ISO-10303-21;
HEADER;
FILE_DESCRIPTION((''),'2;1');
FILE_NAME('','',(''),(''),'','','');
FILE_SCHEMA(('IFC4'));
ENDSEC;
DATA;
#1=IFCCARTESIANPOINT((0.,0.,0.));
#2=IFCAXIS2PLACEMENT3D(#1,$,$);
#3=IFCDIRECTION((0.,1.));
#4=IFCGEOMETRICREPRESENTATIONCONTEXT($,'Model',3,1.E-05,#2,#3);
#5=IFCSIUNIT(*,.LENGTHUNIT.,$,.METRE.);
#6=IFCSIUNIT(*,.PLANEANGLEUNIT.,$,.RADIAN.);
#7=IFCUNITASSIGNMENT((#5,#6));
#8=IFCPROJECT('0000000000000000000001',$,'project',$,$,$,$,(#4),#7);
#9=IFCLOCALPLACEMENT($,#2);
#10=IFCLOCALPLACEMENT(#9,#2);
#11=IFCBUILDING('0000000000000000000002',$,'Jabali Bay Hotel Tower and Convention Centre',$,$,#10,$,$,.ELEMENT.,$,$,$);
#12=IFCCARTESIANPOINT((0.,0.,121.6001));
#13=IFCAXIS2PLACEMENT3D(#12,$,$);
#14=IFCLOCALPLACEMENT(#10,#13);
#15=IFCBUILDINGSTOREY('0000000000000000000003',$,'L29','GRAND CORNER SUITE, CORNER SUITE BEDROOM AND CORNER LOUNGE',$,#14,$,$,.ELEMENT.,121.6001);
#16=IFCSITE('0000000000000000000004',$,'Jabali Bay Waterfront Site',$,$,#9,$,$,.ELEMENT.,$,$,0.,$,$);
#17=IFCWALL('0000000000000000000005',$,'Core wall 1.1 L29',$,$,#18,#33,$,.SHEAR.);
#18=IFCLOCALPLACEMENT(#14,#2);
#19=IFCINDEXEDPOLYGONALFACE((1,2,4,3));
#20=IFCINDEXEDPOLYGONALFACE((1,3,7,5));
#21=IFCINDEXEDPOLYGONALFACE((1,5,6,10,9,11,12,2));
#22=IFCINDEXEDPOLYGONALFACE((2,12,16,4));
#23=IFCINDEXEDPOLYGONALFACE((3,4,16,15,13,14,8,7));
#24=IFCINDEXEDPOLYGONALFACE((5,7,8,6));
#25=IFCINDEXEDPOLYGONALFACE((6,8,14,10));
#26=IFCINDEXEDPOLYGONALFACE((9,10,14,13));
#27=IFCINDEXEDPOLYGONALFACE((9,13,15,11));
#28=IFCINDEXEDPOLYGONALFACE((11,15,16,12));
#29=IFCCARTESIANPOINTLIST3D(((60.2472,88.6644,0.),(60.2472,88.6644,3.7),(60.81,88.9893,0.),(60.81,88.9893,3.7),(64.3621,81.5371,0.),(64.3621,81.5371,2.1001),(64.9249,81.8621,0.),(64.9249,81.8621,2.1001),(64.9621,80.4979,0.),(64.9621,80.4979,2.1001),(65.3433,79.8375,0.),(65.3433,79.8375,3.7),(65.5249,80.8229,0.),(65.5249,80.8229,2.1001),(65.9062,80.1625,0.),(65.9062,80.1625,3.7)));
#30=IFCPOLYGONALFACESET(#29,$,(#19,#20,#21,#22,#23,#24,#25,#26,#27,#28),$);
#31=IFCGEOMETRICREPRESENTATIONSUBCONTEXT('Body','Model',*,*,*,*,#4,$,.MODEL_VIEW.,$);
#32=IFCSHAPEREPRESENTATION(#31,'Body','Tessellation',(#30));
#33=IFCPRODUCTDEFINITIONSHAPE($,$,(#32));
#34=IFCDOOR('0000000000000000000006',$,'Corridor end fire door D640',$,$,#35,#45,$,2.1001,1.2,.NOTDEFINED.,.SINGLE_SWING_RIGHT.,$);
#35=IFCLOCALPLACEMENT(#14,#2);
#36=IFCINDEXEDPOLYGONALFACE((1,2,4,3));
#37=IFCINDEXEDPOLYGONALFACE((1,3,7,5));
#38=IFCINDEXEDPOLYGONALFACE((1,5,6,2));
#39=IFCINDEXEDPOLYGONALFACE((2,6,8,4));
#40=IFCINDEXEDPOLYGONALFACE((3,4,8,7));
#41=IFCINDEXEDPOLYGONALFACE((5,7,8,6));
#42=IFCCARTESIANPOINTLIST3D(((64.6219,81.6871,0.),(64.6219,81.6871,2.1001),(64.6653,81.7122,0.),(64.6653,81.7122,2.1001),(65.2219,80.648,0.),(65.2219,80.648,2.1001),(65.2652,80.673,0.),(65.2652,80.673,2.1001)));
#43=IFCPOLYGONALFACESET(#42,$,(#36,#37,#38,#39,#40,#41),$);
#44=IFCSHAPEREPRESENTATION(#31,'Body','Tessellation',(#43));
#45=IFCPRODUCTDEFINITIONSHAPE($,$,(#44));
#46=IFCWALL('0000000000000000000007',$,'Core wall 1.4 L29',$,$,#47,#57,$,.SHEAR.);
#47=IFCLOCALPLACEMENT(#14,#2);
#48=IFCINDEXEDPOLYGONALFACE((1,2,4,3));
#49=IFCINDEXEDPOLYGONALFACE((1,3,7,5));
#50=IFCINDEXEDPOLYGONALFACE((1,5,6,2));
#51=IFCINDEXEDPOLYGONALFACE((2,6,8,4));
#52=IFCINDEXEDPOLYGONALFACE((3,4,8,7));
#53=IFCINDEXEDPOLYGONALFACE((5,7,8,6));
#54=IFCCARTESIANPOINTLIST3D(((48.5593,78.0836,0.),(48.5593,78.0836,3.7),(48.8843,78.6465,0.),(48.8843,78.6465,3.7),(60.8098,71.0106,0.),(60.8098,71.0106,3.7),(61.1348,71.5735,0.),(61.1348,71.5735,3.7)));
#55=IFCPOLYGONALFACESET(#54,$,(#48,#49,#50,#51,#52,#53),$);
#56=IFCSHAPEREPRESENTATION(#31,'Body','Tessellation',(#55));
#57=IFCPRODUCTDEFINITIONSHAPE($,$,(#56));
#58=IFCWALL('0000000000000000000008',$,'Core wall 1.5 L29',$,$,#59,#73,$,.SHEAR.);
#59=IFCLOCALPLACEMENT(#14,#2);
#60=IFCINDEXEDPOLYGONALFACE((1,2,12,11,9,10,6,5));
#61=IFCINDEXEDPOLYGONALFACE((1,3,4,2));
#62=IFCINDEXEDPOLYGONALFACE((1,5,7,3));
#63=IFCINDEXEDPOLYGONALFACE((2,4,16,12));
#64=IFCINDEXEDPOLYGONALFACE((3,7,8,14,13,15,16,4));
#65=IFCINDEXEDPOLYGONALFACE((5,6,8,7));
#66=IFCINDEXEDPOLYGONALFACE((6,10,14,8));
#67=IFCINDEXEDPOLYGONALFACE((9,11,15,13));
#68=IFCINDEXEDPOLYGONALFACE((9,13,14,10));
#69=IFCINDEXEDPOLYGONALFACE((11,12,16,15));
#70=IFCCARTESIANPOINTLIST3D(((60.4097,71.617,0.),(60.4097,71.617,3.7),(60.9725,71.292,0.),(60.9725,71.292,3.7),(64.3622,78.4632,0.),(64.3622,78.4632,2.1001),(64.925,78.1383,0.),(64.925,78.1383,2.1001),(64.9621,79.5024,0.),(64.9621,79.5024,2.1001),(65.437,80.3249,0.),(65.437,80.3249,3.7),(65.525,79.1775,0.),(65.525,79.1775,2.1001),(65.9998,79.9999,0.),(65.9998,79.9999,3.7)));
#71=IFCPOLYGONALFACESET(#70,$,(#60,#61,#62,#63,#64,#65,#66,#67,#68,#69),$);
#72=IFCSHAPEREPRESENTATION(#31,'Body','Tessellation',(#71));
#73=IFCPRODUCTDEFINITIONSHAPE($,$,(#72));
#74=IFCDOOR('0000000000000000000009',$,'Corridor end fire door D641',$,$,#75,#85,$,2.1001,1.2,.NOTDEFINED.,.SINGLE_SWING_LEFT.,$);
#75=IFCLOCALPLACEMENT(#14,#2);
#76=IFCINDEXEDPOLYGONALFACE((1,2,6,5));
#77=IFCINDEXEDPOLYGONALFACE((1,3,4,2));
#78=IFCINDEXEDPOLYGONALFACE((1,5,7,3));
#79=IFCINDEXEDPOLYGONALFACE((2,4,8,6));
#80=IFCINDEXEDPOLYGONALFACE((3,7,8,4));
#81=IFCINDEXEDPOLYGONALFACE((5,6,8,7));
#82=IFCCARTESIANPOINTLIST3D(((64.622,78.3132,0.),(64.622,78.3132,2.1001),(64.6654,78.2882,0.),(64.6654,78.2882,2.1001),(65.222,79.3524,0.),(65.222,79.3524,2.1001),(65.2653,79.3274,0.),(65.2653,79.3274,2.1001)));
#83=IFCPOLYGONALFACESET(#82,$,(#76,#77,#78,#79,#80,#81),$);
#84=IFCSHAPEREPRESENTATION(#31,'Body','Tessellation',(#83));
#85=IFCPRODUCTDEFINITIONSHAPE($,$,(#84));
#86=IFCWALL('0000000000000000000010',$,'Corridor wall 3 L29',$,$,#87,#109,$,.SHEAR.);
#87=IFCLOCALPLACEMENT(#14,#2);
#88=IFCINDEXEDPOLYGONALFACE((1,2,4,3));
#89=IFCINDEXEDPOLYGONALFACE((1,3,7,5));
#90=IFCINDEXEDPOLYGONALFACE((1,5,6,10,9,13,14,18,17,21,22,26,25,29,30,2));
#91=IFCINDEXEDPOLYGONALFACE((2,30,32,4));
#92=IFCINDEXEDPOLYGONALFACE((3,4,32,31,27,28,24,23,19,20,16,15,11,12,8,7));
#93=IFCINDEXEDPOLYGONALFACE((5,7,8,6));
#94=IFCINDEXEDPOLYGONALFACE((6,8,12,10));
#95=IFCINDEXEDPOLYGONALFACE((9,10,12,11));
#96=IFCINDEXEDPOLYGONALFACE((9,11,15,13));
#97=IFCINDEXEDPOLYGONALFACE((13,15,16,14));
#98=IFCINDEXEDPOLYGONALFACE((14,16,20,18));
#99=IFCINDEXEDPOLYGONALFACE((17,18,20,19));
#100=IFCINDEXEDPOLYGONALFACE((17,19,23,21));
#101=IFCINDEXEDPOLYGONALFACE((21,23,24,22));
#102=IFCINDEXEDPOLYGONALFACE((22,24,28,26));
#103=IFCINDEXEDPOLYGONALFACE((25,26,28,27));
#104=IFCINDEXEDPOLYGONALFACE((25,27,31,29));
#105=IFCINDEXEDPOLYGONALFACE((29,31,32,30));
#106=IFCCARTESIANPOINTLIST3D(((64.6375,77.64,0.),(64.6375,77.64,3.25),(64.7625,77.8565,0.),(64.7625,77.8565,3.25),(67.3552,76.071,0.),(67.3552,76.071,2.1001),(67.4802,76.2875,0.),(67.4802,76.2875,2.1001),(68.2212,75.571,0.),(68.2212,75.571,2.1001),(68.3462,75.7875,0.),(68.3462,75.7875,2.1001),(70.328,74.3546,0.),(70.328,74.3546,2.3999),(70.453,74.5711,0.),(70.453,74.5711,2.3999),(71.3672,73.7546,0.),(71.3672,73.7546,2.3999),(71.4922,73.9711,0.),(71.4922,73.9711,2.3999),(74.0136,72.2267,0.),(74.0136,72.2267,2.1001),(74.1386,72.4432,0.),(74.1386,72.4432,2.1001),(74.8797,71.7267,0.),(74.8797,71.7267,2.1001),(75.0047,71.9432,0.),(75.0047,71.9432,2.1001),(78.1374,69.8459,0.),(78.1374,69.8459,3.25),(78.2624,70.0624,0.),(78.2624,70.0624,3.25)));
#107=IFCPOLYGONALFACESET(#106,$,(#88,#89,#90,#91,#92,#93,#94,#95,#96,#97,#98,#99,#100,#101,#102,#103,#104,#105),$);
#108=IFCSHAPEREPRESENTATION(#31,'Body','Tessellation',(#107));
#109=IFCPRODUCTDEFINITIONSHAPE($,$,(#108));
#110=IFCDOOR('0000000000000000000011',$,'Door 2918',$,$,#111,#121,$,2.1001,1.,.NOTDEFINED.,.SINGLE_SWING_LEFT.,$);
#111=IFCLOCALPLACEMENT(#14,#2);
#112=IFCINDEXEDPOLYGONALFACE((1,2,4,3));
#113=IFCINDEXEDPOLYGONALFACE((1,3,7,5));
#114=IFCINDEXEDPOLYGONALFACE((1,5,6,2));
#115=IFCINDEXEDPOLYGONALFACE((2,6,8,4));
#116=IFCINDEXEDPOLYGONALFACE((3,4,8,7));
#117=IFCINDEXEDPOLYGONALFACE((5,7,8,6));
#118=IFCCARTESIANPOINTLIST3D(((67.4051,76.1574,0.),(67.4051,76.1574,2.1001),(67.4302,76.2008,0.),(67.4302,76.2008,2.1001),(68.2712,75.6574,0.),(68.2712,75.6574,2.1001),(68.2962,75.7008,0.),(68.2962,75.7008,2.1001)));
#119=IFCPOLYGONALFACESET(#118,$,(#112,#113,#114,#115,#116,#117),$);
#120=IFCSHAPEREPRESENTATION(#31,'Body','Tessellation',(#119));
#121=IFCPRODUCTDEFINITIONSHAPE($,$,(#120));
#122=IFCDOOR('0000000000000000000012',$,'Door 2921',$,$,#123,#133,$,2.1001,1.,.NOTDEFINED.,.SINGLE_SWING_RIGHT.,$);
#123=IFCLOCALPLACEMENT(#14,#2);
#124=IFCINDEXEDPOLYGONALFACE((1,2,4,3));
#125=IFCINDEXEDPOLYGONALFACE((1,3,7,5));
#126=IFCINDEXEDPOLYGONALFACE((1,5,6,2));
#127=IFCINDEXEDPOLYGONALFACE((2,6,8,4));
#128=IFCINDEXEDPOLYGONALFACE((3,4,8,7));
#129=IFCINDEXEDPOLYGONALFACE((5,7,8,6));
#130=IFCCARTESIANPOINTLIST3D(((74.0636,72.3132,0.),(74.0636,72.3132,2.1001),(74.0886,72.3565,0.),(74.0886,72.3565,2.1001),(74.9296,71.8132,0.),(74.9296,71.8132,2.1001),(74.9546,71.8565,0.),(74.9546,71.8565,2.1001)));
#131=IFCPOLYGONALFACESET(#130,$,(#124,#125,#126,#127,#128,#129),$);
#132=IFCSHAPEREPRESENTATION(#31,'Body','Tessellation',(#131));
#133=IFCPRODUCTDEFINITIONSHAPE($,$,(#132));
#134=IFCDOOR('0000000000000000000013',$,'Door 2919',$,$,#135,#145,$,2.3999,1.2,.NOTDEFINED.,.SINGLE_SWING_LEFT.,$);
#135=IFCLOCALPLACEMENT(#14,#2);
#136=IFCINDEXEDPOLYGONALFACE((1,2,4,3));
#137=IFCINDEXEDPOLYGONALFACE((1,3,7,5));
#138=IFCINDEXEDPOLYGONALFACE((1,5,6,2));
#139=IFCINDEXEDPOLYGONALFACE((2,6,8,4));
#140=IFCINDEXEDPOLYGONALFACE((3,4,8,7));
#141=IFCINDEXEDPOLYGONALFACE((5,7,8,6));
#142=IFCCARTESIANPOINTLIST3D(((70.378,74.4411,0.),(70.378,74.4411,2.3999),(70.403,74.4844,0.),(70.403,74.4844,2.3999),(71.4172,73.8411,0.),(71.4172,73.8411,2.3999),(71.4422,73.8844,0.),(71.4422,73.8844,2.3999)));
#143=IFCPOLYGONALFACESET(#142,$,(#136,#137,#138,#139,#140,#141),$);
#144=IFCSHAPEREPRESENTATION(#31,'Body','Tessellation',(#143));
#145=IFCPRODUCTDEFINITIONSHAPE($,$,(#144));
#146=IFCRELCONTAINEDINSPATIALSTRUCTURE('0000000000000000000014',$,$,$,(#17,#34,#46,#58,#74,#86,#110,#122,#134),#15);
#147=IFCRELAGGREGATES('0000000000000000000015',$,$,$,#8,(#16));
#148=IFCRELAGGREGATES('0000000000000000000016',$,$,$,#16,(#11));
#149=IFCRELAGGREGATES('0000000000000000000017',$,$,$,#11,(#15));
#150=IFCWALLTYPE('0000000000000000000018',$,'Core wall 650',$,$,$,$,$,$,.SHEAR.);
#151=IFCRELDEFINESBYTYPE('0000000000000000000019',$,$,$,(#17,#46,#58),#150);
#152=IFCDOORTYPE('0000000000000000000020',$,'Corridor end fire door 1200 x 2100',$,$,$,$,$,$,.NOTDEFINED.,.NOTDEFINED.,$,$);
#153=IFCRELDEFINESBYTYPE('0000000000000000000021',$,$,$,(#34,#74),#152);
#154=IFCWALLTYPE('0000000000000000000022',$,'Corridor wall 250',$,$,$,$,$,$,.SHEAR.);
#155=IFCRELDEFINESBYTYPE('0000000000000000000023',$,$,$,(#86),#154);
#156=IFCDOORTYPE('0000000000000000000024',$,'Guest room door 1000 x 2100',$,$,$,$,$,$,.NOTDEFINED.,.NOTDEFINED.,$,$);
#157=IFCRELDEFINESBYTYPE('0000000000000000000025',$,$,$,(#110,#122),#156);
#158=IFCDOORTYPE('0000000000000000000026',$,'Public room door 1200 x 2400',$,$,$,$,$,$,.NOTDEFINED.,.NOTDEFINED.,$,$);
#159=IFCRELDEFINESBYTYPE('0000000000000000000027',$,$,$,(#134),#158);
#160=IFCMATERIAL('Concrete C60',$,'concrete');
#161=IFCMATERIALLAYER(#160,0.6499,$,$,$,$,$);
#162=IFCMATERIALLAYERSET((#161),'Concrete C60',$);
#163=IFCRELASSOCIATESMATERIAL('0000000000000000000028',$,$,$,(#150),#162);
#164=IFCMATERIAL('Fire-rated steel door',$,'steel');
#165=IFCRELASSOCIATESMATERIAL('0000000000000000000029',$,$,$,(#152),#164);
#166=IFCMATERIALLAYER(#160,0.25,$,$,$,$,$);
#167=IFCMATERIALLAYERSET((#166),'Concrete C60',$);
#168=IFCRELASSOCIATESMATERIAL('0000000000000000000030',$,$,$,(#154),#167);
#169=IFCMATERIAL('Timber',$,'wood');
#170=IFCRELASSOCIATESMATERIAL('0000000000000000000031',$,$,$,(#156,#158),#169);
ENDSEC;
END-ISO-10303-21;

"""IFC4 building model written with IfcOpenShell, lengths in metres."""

from ifc_helpers import new_model, si_unit, direction, frame, frame_2d, origin, place, context, subcontext, project, spatial, rectangle, extrude, material, layer, layer_set, type_object, element, fill, save


model = new_model("IFC4")

# Units and contexts
model_context = context("Model", 3, precision=1e-05, world=origin(), true_north=direction((0.0, 1.0)))
body_context = subcontext(model_context, "Body", "Model", "MODEL_VIEW")
ifc_project = project(units=[si_unit("LENGTHUNIT", "METRE"), si_unit("PLANEANGLEUNIT", "RADIAN")], contexts=[model_context])

# Site, building, storey
site_placement = place(None, origin())
site = spatial("IfcSite", under=ifc_project, at=site_placement, Name="Jabali Bay Waterfront Site", CompositionType="ELEMENT", RefElevation=0.0)
building_placement = place(site_placement, origin())
building = spatial("IfcBuilding", under=site, at=building_placement, Name="Jabali Bay Hotel Tower and Convention Centre", CompositionType="ELEMENT")
storey_placement = place(building_placement, frame((0.0, 0.0, 121.6001)))
storey = spatial("IfcBuildingStorey", under=building, at=storey_placement, Name="L29", Description="GRAND CORNER SUITE, CORNER SUITE BEDROOM AND CORNER LOUNGE", CompositionType="ELEMENT", Elevation=121.6001)

# Shared definitions
ifc_material_1 = material(Name="Fire-rated steel door", Category="steel")

# Wall, opening, door
ifc_material_2 = material(Name="Concrete C60", Category="concrete")
ifc_layer_1 = layer(ifc_material_2, 0.6499)
ifc_layer_set_1 = layer_set([ifc_layer_1], Name="Concrete C60")
wall_type_1 = type_object("IfcWallType", Name="Core wall 650", PredefinedType="SHEAR", material=ifc_layer_set_1)
wall_1_placement = place(storey_placement, frame((65.6248, 80.0, 0.0), z_axis=(0.0, 0.0, 1.0), x_axis=(-0.499998, 0.866026, 0.0)))
wall_1 = element("IfcWall", 1, at=wall_1_placement, inside=storey, type_object=wall_type_1, Name="Core wall 1.1 L29", PredefinedType="SHEAR", context=body_context, shape_type="SweptSolid", body=[
    extrude(rectangle(XDim=10.1924, YDim=0.6499, at=frame_2d((5.0962, 0.0))), origin(), (0.0, 0.0, 1.0), 3.7),
])
opening_1_placement = place(wall_1_placement, frame((0.7625, 0.0, 0.0)))
opening_1 = element("IfcOpeningElement", 2, at=opening_1_placement, cuts=wall_1, PredefinedType="OPENING", context=body_context, shape_type="SweptSolid", body=[
    extrude(rectangle(XDim=1.2, YDim=2.1001, at=frame_2d((0.6001, 1.05))), frame((0.0, 0.3354, 0.0), z_axis=(0.0, -1.0, 0.0), x_axis=(1.0, 0.0, 0.0)), (0.0, 0.0, 1.0), 0.6709),
])
door_type_1 = type_object("IfcDoorType", Name="Corridor end fire door 1200 x 2100", OperationType="NOTDEFINED", PredefinedType="NOTDEFINED", material=ifc_material_1)
door_1_placement = place(opening_1_placement, origin())
door_1 = element("IfcDoor", 3, at=door_1_placement, inside=storey, type_object=door_type_1, Name="Corridor end fire door D640", OperationType="SINGLE_SWING_RIGHT", OverallHeight=2.1001, OverallWidth=1.2, PredefinedType="NOTDEFINED", context=body_context, shape_type="SweptSolid", body=[
    extrude(rectangle(XDim=1.2, YDim=2.1001, at=frame_2d((0.6001, 1.05))), frame((0.0, 0.0249, 0.0), z_axis=(0.0, -1.0, 0.0), x_axis=(1.0, 0.0, 0.0)), (0.0, 0.0, 1.0), 0.05),
])
fill(opening_1, door_1)

# Wall
wall_2_placement = place(storey_placement, frame((48.7219, 78.365, 0.0), z_axis=(0.0, 0.0, 1.0), x_axis=(0.86602, -0.500009, 0.0)))
element("IfcWall", 4, at=wall_2_placement, inside=storey, type_object=wall_type_1, Name="Core wall 1.4 L29", PredefinedType="SHEAR", context=body_context, shape_type="SweptSolid", body=[
    extrude(rectangle(XDim=14.1458, YDim=0.6499, at=frame_2d((7.0728, 0.0))), origin(), (0.0, 0.0, 1.0), 3.7),
])

# Wall, opening, door
wall_3_placement = place(storey_placement, frame((60.6912, 71.4546, 0.0), z_axis=(0.0, 0.0, 1.0), x_axis=(0.499983, 0.866035, 0.0)))
wall_3 = element("IfcWall", 5, at=wall_3_placement, inside=storey, type_object=wall_type_1, Name="Core wall 1.5 L29", PredefinedType="SHEAR", context=body_context, shape_type="SweptSolid", body=[
    extrude(rectangle(XDim=10.0549, YDim=0.6499, at=frame_2d((5.0273, 0.0))), origin(), (0.0, 0.0, 1.0), 3.7),
])
opening_2_placement = place(wall_3_placement, frame((7.905, 0.0, 0.0)))
opening_2 = element("IfcOpeningElement", 6, at=opening_2_placement, cuts=wall_3, PredefinedType="OPENING", context=body_context, shape_type="SweptSolid", body=[
    extrude(rectangle(XDim=1.2, YDim=2.1001, at=frame_2d((0.6001, 1.05))), frame((0.0, 0.3354, 0.0), z_axis=(0.0, -1.0, 0.0), x_axis=(1.0, 0.0, 0.0)), (0.0, 0.0, 1.0), 0.6709),
])
door_2_placement = place(opening_2_placement, origin())
door_2 = element("IfcDoor", 7, at=door_2_placement, inside=storey, type_object=door_type_1, Name="Corridor end fire door D641", OperationType="SINGLE_SWING_LEFT", OverallHeight=2.1001, OverallWidth=1.2, PredefinedType="NOTDEFINED", context=body_context, shape_type="SweptSolid", body=[
    extrude(rectangle(XDim=1.2, YDim=2.1001, at=frame_2d((0.6001, 1.05))), frame((0.0, 0.0249, 0.0), z_axis=(0.0, -1.0, 0.0), x_axis=(1.0, 0.0, 0.0)), (0.0, 0.0, 1.0), 0.05),
])
fill(opening_2, door_2)

# Wall, openings, doors
ifc_layer_2 = layer(ifc_material_2, 0.25)
ifc_layer_set_2 = layer_set([ifc_layer_2], Name="Concrete C60")
wall_type_2 = type_object("IfcWallType", Name="Corridor wall 250", PredefinedType="SHEAR", material=ifc_layer_set_2)
wall_4_placement = place(storey_placement, frame((64.7, 77.7483, 0.0), z_axis=(0.0, 0.0, 1.0), x_axis=(0.866026, -0.499998, 0.0)))
wall_4 = element("IfcWall", 8, at=wall_4_placement, inside=storey, type_object=wall_type_2, Name="Corridor wall 3 L29", PredefinedType="SHEAR", context=body_context, shape_type="SweptSolid", body=[
    extrude(rectangle(XDim=15.5884, YDim=0.25, at=frame_2d((7.7942, 0.0))), origin(), (0.0, 0.0, 1.0), 3.25),
])
opening_3_placement = place(wall_4_placement, frame((3.1382, 0.0, 0.0)))
opening_3 = element("IfcOpeningElement", 9, at=opening_3_placement, cuts=wall_4, PredefinedType="OPENING", context=body_context, shape_type="SweptSolid", body=[
    extrude(rectangle(XDim=1.0, YDim=2.1001, at=frame_2d((0.5, 1.05))), frame((0.0, 0.1355, 0.0), z_axis=(0.0, -1.0, 0.0), x_axis=(1.0, 0.0, 0.0)), (0.0, 0.0, 1.0), 0.271),
])
opening_4_placement = place(wall_4_placement, frame((6.5708, 0.0, 0.0)))
opening_4 = element("IfcOpeningElement", 10, at=opening_4_placement, cuts=wall_4, PredefinedType="OPENING", context=body_context, shape_type="SweptSolid", body=[
    extrude(rectangle(XDim=1.2, YDim=2.3999, at=frame_2d((0.6001, 1.2))), frame((0.0, 0.1355, 0.0), z_axis=(0.0, -1.0, 0.0), x_axis=(1.0, 0.0, 0.0)), (0.0, 0.0, 1.0), 0.271),
])
opening_5_placement = place(wall_4_placement, frame((10.8267, 0.0, 0.0)))
opening_5 = element("IfcOpeningElement", 11, at=opening_5_placement, cuts=wall_4, PredefinedType="OPENING", context=body_context, shape_type="SweptSolid", body=[
    extrude(rectangle(XDim=1.0, YDim=2.1001, at=frame_2d((0.5, 1.05))), frame((0.0, 0.1355, 0.0), z_axis=(0.0, -1.0, 0.0), x_axis=(1.0, 0.0, 0.0)), (0.0, 0.0, 1.0), 0.271),
])
ifc_material_3 = material(Name="Timber", Category="wood")
door_type_2 = type_object("IfcDoorType", Name="Guest room door 1000 x 2100", OperationType="NOTDEFINED", PredefinedType="NOTDEFINED", material=ifc_material_3)
door_3_placement = place(opening_3_placement, origin())
door_3 = element("IfcDoor", 12, at=door_3_placement, inside=storey, type_object=door_type_2, Name="Door 2918", OperationType="SINGLE_SWING_LEFT", OverallHeight=2.1001, OverallWidth=1.0, PredefinedType="NOTDEFINED", context=body_context, shape_type="SweptSolid", body=[
    extrude(rectangle(XDim=1.0, YDim=2.1001, at=frame_2d((0.5, 1.05))), frame((0.0, 0.0249, 0.0), z_axis=(0.0, -1.0, 0.0), x_axis=(1.0, 0.0, 0.0)), (0.0, 0.0, 1.0), 0.05),
])
fill(opening_3, door_3)
door_4_placement = place(opening_5_placement, origin())
door_4 = element("IfcDoor", 13, at=door_4_placement, inside=storey, type_object=door_type_2, Name="Door 2921", OperationType="SINGLE_SWING_RIGHT", OverallHeight=2.1001, OverallWidth=1.0, PredefinedType="NOTDEFINED", context=body_context, shape_type="SweptSolid", body=[
    extrude(rectangle(XDim=1.0, YDim=2.1001, at=frame_2d((0.5, 1.05))), frame((0.0, 0.0249, 0.0), z_axis=(0.0, -1.0, 0.0), x_axis=(1.0, 0.0, 0.0)), (0.0, 0.0, 1.0), 0.05),
])
fill(opening_5, door_4)
door_type_3 = type_object("IfcDoorType", Name="Public room door 1200 x 2400", OperationType="NOTDEFINED", PredefinedType="NOTDEFINED", material=ifc_material_3)
door_5_placement = place(opening_4_placement, origin())
door_5 = element("IfcDoor", 14, at=door_5_placement, inside=storey, type_object=door_type_3, Name="Door 2919", OperationType="SINGLE_SWING_LEFT", OverallHeight=2.3999, OverallWidth=1.2, PredefinedType="NOTDEFINED", context=body_context, shape_type="SweptSolid", body=[
    extrude(rectangle(XDim=1.2, YDim=2.3999, at=frame_2d((0.6001, 1.2))), frame((0.0, 0.0249, 0.0), z_axis=(0.0, -1.0, 0.0), x_axis=(1.0, 0.0, 0.0)), (0.0, 0.0, 1.0), 0.05),
])
fill(opening_4, door_5)

save(model, "model.ifc")
